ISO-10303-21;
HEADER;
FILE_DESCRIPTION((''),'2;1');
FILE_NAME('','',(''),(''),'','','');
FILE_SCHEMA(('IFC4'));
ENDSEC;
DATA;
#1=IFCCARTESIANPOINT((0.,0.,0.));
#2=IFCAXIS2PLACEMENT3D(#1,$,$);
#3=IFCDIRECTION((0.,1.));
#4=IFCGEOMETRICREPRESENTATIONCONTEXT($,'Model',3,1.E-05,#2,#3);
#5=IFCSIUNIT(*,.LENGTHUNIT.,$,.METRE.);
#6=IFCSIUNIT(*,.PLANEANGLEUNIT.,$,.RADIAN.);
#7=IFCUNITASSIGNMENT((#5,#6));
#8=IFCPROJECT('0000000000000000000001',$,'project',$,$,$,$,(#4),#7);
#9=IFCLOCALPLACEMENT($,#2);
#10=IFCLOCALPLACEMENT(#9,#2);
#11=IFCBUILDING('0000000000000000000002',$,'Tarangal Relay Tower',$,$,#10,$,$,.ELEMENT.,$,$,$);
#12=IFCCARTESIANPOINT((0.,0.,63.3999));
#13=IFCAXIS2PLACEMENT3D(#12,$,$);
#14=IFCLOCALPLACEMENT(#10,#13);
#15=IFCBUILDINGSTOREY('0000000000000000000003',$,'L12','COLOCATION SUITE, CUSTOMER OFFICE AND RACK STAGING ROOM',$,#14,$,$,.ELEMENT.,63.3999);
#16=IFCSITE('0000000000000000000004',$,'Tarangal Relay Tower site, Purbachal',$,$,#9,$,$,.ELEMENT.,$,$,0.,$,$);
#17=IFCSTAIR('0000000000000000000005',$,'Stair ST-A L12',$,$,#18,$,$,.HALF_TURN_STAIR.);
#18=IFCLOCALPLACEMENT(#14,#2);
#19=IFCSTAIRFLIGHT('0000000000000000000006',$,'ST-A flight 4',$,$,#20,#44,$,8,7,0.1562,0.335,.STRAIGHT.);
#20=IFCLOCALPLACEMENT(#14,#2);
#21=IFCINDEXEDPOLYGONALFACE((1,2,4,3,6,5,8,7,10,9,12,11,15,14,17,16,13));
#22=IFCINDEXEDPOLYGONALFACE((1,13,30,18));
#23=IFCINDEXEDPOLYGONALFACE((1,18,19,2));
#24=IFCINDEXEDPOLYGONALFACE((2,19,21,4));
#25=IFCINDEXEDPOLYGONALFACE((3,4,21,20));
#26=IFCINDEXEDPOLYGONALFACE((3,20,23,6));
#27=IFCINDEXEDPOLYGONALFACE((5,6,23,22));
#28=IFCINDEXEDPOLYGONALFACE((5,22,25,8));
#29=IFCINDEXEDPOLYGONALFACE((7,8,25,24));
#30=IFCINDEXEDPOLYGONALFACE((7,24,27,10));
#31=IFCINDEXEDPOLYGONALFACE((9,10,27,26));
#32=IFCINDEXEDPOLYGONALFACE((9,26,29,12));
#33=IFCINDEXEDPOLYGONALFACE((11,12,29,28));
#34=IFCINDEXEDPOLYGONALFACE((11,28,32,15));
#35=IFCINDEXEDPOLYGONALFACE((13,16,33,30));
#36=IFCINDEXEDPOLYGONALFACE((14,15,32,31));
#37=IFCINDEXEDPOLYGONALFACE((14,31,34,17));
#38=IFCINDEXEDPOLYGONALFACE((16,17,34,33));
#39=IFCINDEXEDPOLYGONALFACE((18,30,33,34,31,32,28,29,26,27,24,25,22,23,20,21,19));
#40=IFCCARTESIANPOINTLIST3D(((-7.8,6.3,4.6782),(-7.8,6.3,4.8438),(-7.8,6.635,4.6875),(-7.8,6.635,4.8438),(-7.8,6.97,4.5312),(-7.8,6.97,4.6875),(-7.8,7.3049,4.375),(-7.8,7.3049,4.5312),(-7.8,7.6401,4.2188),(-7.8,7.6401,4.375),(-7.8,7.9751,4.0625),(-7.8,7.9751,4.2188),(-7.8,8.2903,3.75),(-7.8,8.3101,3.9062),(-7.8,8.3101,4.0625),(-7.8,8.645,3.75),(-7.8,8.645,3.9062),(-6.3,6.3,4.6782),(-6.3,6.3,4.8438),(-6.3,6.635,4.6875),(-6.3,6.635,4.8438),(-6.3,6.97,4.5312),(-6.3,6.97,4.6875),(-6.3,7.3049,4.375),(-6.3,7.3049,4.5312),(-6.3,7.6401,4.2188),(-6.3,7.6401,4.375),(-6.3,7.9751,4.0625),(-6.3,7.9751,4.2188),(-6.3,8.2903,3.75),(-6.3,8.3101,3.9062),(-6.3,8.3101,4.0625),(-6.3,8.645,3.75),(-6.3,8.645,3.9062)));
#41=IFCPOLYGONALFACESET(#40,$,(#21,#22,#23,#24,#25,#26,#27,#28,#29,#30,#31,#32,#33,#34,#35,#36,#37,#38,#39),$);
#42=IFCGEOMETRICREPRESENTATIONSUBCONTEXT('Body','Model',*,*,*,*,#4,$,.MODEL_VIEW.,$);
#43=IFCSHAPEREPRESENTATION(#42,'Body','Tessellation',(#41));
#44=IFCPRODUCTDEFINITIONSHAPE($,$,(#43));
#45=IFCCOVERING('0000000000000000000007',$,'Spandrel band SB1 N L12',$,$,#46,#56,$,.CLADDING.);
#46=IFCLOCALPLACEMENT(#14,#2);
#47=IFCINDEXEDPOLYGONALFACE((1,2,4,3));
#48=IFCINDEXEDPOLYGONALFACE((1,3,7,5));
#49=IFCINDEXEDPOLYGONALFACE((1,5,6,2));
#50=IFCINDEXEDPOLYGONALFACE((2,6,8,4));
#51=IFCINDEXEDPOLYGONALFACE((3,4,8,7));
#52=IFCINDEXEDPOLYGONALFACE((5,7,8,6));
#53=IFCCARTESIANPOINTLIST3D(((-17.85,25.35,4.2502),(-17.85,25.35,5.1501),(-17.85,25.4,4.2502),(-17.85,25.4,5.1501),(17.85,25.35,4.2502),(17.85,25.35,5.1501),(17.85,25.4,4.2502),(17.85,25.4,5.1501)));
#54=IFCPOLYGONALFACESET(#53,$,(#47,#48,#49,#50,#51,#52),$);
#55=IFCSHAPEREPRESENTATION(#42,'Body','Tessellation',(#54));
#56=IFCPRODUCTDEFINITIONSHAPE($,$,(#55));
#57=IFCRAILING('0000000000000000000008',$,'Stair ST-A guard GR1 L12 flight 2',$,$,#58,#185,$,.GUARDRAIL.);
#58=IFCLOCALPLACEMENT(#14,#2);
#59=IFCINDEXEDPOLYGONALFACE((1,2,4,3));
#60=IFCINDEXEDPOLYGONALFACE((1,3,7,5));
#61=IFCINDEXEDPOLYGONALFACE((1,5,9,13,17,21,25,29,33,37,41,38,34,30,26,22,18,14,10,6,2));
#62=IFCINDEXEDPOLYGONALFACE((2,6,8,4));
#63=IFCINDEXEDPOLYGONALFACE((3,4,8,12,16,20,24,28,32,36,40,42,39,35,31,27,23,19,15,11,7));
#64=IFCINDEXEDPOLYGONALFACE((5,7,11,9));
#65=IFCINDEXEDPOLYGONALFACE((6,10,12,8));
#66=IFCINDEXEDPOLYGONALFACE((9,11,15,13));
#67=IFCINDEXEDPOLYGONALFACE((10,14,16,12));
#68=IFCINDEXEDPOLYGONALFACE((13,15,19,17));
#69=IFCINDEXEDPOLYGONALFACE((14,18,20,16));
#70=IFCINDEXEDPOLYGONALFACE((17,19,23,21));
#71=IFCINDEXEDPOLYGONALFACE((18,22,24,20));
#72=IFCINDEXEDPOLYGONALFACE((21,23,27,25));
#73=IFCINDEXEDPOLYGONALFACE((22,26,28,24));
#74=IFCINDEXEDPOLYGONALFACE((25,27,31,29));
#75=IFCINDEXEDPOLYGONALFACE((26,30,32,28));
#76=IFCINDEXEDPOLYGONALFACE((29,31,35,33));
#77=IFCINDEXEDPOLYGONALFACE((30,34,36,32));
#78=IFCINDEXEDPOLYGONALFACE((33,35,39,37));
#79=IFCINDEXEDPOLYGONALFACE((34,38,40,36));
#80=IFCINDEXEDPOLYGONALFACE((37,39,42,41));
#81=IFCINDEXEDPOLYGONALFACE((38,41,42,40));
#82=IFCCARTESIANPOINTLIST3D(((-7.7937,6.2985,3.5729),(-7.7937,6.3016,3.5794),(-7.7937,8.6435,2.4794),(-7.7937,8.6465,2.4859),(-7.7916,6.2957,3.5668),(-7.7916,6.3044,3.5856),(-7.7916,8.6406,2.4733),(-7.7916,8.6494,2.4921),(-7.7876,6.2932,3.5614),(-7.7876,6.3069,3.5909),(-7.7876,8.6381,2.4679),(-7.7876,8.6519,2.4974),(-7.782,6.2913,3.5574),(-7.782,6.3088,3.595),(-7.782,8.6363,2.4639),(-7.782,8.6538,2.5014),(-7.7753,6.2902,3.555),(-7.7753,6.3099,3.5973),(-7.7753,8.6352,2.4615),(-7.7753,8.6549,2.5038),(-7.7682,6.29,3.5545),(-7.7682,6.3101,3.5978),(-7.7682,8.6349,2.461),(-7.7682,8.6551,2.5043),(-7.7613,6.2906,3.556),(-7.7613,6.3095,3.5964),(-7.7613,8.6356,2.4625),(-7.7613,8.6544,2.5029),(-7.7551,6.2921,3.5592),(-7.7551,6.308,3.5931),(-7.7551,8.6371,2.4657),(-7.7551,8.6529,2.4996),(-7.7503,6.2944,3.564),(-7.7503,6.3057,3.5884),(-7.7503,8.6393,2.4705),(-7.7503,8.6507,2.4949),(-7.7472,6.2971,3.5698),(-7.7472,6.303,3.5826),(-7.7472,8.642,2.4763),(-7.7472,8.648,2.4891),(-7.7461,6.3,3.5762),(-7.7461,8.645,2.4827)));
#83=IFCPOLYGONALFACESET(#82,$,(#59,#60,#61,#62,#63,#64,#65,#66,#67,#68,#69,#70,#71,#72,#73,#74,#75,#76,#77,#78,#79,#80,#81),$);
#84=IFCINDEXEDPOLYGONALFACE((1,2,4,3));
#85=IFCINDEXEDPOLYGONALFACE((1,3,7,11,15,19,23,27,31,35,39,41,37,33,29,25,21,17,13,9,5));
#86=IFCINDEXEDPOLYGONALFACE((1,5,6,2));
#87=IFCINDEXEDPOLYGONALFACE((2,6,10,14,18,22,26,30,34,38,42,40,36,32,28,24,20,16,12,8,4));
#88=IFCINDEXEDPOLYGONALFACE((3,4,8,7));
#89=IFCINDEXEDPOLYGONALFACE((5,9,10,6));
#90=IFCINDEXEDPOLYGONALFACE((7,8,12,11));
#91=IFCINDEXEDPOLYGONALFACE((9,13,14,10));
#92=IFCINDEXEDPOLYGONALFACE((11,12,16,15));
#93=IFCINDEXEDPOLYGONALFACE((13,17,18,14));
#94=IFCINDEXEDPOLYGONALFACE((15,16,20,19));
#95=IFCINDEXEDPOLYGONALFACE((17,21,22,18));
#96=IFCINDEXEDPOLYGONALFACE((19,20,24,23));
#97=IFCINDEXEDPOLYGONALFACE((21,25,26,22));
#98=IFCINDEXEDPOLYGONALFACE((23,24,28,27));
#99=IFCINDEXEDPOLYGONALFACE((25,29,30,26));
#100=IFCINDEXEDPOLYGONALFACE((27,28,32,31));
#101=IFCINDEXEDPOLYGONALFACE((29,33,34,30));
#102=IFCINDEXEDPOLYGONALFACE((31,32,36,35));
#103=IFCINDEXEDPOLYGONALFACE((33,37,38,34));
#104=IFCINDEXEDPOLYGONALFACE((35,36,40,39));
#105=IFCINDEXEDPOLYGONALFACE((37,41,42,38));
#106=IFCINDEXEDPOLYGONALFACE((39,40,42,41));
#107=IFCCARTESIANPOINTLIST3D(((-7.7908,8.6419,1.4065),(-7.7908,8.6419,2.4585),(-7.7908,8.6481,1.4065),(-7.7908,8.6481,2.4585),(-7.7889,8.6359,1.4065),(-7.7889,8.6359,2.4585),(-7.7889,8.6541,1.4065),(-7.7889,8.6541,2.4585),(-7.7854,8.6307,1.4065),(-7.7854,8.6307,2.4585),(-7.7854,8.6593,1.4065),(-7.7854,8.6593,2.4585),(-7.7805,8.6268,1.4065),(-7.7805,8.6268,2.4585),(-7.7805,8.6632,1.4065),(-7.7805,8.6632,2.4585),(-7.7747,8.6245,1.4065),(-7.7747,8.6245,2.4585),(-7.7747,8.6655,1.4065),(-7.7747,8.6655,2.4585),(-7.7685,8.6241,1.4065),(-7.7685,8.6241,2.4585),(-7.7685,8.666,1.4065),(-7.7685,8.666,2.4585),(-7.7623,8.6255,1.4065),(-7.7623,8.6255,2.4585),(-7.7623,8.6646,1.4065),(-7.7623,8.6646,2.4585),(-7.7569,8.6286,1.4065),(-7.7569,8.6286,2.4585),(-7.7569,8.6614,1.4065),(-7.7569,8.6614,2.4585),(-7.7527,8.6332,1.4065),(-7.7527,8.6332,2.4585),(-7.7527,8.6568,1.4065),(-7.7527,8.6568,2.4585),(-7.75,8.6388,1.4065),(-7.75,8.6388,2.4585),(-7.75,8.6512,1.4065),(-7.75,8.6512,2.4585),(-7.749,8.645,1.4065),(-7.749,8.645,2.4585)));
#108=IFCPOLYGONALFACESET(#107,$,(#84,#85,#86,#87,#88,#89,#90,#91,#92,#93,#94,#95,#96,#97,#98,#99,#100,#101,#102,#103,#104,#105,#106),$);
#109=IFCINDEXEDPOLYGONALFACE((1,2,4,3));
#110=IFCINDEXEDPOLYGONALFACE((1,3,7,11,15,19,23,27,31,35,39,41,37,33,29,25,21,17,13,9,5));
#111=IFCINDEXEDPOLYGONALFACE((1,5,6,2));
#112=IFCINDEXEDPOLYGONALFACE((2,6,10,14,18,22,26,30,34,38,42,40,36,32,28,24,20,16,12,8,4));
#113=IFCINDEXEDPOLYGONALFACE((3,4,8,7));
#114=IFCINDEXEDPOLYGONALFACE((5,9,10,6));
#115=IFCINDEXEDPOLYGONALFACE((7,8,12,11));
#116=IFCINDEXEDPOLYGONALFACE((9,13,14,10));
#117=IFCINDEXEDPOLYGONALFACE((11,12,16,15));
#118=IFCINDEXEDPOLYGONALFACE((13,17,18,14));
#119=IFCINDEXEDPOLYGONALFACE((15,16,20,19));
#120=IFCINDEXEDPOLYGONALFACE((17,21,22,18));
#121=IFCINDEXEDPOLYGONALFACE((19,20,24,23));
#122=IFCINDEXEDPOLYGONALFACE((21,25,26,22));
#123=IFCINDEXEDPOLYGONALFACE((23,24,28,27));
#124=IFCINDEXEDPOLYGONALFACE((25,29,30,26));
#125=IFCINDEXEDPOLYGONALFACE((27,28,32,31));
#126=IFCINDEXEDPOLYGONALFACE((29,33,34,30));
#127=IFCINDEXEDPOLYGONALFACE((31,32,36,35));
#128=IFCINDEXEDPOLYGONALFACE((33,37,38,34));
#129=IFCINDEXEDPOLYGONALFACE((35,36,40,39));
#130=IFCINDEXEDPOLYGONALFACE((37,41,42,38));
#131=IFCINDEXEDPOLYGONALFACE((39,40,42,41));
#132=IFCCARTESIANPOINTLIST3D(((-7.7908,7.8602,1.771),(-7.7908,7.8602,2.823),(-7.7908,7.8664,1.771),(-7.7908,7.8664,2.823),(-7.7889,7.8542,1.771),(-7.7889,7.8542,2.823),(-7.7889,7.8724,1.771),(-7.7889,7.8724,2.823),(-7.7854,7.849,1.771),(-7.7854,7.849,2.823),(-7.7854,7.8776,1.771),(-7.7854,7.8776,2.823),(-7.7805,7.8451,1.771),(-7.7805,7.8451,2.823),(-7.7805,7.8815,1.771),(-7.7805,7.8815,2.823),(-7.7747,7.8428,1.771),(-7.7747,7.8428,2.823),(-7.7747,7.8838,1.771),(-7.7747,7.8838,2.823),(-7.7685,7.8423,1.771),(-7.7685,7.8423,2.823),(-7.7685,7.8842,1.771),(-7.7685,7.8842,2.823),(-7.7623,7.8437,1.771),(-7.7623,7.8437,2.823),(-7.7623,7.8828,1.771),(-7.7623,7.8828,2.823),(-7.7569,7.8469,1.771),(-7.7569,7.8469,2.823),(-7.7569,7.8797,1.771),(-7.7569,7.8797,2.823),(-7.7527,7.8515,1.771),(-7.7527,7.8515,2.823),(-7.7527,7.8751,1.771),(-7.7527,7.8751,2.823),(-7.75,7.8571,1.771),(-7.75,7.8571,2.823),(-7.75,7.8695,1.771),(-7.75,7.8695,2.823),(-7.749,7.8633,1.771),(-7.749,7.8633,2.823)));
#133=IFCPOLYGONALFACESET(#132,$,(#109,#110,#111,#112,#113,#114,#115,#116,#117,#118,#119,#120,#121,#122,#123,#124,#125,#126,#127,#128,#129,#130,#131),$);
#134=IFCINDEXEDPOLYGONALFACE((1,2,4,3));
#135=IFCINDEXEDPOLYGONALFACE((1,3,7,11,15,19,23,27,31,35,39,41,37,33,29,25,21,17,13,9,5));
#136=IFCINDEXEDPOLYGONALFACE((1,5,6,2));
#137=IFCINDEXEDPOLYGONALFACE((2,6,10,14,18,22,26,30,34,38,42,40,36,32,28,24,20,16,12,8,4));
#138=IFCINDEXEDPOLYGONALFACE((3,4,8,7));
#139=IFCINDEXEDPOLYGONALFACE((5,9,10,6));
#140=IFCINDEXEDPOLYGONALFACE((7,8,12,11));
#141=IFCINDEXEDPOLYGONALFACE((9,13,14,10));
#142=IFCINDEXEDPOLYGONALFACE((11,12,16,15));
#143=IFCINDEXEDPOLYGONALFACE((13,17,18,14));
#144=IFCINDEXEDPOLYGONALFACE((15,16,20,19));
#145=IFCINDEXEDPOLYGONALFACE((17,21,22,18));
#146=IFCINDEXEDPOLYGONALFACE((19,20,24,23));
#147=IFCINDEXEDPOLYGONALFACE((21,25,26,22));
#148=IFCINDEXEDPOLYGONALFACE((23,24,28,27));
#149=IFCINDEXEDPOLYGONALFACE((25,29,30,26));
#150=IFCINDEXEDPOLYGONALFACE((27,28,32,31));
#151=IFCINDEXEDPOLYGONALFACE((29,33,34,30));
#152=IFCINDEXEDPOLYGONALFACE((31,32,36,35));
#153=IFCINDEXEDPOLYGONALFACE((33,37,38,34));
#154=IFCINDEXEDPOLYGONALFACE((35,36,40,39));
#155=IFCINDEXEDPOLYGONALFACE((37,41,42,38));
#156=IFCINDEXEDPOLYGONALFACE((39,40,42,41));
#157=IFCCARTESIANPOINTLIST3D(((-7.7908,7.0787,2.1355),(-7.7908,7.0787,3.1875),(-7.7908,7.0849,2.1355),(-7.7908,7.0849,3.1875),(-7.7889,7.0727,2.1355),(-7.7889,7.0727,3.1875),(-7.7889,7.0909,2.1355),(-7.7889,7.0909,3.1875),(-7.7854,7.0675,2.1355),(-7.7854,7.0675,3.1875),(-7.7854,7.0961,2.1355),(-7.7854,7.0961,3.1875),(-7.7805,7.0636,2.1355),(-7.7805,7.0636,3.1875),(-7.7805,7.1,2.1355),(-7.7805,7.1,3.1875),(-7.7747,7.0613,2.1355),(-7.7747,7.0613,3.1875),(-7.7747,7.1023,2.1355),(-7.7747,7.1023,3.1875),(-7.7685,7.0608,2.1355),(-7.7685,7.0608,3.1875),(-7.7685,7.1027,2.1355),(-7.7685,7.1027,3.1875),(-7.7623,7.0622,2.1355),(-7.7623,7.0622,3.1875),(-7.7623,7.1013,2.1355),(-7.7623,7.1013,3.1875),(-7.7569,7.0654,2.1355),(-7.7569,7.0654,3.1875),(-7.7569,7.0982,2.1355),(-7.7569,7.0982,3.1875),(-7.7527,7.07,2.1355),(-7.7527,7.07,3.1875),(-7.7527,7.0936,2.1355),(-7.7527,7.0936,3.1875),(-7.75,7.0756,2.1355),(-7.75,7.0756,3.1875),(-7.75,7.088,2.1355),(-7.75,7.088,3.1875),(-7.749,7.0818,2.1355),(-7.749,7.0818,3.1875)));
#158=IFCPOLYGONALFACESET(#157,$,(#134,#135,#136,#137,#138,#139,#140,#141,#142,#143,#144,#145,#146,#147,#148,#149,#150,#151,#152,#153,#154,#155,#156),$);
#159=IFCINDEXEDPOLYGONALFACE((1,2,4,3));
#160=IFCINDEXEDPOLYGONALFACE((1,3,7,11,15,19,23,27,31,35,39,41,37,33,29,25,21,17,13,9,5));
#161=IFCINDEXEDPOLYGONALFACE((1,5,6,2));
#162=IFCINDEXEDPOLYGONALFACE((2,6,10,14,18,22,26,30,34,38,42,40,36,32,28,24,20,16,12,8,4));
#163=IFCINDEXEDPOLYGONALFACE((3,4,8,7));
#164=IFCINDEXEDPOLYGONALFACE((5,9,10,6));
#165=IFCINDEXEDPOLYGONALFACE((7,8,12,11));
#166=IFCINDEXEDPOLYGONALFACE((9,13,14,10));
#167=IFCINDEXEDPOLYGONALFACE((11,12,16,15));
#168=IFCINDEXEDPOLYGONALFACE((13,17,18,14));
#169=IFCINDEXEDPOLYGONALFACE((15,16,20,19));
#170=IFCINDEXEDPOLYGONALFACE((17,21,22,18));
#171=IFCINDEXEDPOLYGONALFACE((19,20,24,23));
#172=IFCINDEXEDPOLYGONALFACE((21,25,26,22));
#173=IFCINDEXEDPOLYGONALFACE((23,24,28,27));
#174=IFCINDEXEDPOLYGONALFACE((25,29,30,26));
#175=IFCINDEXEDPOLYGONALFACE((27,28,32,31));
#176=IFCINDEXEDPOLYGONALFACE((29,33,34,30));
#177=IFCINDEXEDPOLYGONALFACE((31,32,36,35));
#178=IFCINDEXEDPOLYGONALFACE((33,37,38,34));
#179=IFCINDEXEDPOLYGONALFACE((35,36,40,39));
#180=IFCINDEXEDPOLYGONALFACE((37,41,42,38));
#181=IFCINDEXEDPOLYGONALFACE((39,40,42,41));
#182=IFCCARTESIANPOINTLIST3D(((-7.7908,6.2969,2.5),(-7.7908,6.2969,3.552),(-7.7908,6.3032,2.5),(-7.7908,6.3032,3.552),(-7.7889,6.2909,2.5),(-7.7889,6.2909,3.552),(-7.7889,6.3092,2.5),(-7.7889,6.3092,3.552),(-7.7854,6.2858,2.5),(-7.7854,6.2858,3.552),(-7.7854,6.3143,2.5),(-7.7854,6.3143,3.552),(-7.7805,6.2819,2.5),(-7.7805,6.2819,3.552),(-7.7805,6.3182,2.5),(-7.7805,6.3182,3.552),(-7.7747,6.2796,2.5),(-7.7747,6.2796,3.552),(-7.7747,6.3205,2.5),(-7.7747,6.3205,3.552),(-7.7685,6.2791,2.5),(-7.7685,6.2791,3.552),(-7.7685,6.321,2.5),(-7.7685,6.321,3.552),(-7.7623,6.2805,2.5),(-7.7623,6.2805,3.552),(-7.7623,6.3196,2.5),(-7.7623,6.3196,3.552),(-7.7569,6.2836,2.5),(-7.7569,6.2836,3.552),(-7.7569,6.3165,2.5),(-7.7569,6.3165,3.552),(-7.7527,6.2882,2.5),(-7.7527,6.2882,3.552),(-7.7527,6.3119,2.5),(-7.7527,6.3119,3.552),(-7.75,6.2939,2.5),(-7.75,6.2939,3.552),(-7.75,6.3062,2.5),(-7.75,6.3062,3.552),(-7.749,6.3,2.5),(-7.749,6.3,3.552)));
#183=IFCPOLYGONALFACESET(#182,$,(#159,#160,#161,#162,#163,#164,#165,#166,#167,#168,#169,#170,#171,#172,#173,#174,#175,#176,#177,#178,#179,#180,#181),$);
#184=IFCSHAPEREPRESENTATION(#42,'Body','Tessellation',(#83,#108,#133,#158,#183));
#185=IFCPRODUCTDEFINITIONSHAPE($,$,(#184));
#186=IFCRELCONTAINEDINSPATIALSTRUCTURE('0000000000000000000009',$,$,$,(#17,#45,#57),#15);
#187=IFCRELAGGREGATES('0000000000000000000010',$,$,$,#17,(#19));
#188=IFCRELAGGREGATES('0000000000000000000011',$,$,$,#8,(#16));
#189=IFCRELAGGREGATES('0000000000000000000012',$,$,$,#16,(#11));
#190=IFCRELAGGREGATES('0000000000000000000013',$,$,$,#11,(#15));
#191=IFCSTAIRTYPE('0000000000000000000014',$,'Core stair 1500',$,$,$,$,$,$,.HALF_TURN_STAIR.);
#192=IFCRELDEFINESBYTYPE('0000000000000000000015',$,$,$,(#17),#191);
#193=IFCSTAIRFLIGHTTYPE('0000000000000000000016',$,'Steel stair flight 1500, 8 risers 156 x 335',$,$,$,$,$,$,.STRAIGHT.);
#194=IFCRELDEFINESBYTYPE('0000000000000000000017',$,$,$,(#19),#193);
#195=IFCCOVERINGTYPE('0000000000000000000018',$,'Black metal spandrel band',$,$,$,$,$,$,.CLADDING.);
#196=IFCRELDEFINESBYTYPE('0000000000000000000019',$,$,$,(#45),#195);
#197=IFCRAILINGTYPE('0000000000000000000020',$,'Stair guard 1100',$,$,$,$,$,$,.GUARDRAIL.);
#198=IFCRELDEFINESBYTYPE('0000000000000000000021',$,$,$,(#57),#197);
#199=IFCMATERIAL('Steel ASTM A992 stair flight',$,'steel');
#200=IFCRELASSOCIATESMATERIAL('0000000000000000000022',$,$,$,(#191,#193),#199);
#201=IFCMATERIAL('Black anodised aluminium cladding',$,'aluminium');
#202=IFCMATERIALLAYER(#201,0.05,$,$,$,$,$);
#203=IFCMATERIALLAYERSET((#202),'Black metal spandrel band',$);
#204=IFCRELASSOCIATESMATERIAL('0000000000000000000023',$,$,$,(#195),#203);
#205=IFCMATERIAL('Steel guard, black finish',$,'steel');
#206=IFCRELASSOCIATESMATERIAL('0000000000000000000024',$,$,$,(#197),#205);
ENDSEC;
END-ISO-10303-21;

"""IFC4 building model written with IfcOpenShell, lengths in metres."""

from ifc_helpers import new_model, si_unit, direction, frame, origin, origin_2d, place, context, subcontext, project, spatial, polyline, rectangle, circle, outline, extrude, material, layer, layer_set, type_object, element, aggregate, save


model = new_model("IFC4")

# Units and contexts
model_context = context("Model", 3, precision=1e-05, world=origin(), true_north=direction((0.0, 1.0)))
body_context = subcontext(model_context, "Body", "Model", "MODEL_VIEW")
ifc_project = project(units=[si_unit("LENGTHUNIT", "METRE"), si_unit("PLANEANGLEUNIT", "RADIAN")], contexts=[model_context])

# Site, building, storey
site_placement = place(None, origin())
site = spatial("IfcSite", under=ifc_project, at=site_placement, Name="Tarangal Relay Tower site, Purbachal", CompositionType="ELEMENT", RefElevation=0.0)
building_placement = place(site_placement, origin())
building = spatial("IfcBuilding", under=site, at=building_placement, Name="Tarangal Relay Tower", CompositionType="ELEMENT")
storey_placement = place(building_placement, frame((0.0, 0.0, 63.3999)))
storey = spatial("IfcBuildingStorey", under=building, at=storey_placement, Name="L12", Description="COLOCATION SUITE, CUSTOMER OFFICE AND RACK STAGING ROOM", CompositionType="ELEMENT", Elevation=63.3999)

# Stair, stair flight
ifc_material_1 = material(Name="Steel ASTM A992 stair flight", Category="steel")
stair_type = type_object("IfcStairType", Name="Core stair 1500", PredefinedType="HALF_TURN_STAIR", material=ifc_material_1)
stair_placement = place(storey_placement, origin())
stair = element("IfcStair", 1, at=stair_placement, inside=storey, type_object=stair_type, Name="Stair ST-A L12", PredefinedType="HALF_TURN_STAIR")
stair_flight_type = type_object("IfcStairFlightType", Name="Steel stair flight 1500, 8 risers 156 x 335", PredefinedType="STRAIGHT", material=ifc_material_1)
stair_flight_1_placement = place(storey_placement, frame((-7.05, 8.645, 3.75), z_axis=(0.0, 0.0, 1.0), x_axis=(0.0, -1.0, 0.0)))
stair_flight_1 = element("IfcStairFlight", 2, at=stair_flight_1_placement, type_object=stair_flight_type, Name="ST-A flight 4", NumberOfRisers=8, NumberOfTreads=7, PredefinedType="STRAIGHT", RiserHeight=0.1562, TreadLength=0.335, context=body_context, shape_type="SweptSolid", body=[
    extrude(outline(polyline([(0.0, 0.0), (0.0, 0.1562), (0.335, 0.1562), (0.335, 0.3125), (0.6699, 0.3125), (0.6699, 0.4688), (1.0049, 0.4688), (1.0049, 0.625), (1.3401, 0.625), (1.3401, 0.7812), (1.675, 0.7812), (1.675, 0.9375), (2.01, 0.9375), (2.01, 1.0938), (2.345, 1.0938), (2.345, 1.25), (2.345, 0.9282), (0.3547, 0.0), (0.0, 0.0)])), frame((0.0, 0.75, 0.0), z_axis=(0.0, -1.0, 0.0), x_axis=(1.0, 0.0, 0.0)), (0.0, 0.0, 1.0), 1.5),
])
aggregate(stair, [stair_flight_1])

# Covering
ifc_material_2 = material(Name="Black anodised aluminium cladding", Category="aluminium")
ifc_layer = layer(ifc_material_2, 0.05)
ifc_layer_set = layer_set([ifc_layer], Name="Black metal spandrel band")
covering_type = type_object("IfcCoveringType", Name="Black metal spandrel band", PredefinedType="CLADDING", material=ifc_layer_set)
covering_placement = place(storey_placement, frame((0.0, 25.375, 4.2502), z_axis=(0.0, 0.0, 1.0), x_axis=(1.0, 0.0, 0.0)))
element("IfcCovering", 3, at=covering_placement, inside=storey, type_object=covering_type, Name="Spandrel band SB1 N L12", PredefinedType="CLADDING", context=body_context, shape_type="SweptSolid", body=[
    extrude(rectangle(XDim=35.7, YDim=0.05, at=origin_2d()), origin(), (0.0, 0.0, 1.0), 0.8999),
])

# Railing
ifc_material_3 = material(Name="Steel guard, black finish", Category="steel")
railing_type_1 = type_object("IfcRailingType", Name="Stair guard 1100", PredefinedType="GUARDRAIL", material=ifc_material_3)
for number, where, name in (
    (4, (-7.77, 8.645, 1.4065), "Stair ST-A guard GR1 L12 flight 2"),
):
    element("IfcRailing", number, at=place(storey_placement, frame(where)), inside=storey, type_object=railing_type_1, Name=name, PredefinedType="GUARDRAIL", context=body_context, shape_type="SweptSolid", body=[
        extrude(circle(Radius=0.0239, at=origin_2d()), frame((0.0, 0.0, 1.0762), z_axis=(0.0, -0.906304, 0.422627), x_axis=(1.0, 0.0, 0.0)), (0.0, 0.0, 1.0), 2.5874),
        extrude(circle(Radius=0.021, at=origin_2d()), origin(), (0.0, 0.0, 1.0), 1.052),
        extrude(circle(Radius=0.021, at=origin_2d()), frame((0.0, -0.7817, 0.3645)), (0.0, 0.0, 1.0), 1.052),
        extrude(circle(Radius=0.021, at=origin_2d()), frame((0.0, -1.5632, 0.729)), (0.0, 0.0, 1.0), 1.052),
        extrude(circle(Radius=0.021, at=origin_2d()), frame((0.0, -2.345, 1.0935)), (0.0, 0.0, 1.0), 1.052),
    ])

save(model, "model.ifc")
